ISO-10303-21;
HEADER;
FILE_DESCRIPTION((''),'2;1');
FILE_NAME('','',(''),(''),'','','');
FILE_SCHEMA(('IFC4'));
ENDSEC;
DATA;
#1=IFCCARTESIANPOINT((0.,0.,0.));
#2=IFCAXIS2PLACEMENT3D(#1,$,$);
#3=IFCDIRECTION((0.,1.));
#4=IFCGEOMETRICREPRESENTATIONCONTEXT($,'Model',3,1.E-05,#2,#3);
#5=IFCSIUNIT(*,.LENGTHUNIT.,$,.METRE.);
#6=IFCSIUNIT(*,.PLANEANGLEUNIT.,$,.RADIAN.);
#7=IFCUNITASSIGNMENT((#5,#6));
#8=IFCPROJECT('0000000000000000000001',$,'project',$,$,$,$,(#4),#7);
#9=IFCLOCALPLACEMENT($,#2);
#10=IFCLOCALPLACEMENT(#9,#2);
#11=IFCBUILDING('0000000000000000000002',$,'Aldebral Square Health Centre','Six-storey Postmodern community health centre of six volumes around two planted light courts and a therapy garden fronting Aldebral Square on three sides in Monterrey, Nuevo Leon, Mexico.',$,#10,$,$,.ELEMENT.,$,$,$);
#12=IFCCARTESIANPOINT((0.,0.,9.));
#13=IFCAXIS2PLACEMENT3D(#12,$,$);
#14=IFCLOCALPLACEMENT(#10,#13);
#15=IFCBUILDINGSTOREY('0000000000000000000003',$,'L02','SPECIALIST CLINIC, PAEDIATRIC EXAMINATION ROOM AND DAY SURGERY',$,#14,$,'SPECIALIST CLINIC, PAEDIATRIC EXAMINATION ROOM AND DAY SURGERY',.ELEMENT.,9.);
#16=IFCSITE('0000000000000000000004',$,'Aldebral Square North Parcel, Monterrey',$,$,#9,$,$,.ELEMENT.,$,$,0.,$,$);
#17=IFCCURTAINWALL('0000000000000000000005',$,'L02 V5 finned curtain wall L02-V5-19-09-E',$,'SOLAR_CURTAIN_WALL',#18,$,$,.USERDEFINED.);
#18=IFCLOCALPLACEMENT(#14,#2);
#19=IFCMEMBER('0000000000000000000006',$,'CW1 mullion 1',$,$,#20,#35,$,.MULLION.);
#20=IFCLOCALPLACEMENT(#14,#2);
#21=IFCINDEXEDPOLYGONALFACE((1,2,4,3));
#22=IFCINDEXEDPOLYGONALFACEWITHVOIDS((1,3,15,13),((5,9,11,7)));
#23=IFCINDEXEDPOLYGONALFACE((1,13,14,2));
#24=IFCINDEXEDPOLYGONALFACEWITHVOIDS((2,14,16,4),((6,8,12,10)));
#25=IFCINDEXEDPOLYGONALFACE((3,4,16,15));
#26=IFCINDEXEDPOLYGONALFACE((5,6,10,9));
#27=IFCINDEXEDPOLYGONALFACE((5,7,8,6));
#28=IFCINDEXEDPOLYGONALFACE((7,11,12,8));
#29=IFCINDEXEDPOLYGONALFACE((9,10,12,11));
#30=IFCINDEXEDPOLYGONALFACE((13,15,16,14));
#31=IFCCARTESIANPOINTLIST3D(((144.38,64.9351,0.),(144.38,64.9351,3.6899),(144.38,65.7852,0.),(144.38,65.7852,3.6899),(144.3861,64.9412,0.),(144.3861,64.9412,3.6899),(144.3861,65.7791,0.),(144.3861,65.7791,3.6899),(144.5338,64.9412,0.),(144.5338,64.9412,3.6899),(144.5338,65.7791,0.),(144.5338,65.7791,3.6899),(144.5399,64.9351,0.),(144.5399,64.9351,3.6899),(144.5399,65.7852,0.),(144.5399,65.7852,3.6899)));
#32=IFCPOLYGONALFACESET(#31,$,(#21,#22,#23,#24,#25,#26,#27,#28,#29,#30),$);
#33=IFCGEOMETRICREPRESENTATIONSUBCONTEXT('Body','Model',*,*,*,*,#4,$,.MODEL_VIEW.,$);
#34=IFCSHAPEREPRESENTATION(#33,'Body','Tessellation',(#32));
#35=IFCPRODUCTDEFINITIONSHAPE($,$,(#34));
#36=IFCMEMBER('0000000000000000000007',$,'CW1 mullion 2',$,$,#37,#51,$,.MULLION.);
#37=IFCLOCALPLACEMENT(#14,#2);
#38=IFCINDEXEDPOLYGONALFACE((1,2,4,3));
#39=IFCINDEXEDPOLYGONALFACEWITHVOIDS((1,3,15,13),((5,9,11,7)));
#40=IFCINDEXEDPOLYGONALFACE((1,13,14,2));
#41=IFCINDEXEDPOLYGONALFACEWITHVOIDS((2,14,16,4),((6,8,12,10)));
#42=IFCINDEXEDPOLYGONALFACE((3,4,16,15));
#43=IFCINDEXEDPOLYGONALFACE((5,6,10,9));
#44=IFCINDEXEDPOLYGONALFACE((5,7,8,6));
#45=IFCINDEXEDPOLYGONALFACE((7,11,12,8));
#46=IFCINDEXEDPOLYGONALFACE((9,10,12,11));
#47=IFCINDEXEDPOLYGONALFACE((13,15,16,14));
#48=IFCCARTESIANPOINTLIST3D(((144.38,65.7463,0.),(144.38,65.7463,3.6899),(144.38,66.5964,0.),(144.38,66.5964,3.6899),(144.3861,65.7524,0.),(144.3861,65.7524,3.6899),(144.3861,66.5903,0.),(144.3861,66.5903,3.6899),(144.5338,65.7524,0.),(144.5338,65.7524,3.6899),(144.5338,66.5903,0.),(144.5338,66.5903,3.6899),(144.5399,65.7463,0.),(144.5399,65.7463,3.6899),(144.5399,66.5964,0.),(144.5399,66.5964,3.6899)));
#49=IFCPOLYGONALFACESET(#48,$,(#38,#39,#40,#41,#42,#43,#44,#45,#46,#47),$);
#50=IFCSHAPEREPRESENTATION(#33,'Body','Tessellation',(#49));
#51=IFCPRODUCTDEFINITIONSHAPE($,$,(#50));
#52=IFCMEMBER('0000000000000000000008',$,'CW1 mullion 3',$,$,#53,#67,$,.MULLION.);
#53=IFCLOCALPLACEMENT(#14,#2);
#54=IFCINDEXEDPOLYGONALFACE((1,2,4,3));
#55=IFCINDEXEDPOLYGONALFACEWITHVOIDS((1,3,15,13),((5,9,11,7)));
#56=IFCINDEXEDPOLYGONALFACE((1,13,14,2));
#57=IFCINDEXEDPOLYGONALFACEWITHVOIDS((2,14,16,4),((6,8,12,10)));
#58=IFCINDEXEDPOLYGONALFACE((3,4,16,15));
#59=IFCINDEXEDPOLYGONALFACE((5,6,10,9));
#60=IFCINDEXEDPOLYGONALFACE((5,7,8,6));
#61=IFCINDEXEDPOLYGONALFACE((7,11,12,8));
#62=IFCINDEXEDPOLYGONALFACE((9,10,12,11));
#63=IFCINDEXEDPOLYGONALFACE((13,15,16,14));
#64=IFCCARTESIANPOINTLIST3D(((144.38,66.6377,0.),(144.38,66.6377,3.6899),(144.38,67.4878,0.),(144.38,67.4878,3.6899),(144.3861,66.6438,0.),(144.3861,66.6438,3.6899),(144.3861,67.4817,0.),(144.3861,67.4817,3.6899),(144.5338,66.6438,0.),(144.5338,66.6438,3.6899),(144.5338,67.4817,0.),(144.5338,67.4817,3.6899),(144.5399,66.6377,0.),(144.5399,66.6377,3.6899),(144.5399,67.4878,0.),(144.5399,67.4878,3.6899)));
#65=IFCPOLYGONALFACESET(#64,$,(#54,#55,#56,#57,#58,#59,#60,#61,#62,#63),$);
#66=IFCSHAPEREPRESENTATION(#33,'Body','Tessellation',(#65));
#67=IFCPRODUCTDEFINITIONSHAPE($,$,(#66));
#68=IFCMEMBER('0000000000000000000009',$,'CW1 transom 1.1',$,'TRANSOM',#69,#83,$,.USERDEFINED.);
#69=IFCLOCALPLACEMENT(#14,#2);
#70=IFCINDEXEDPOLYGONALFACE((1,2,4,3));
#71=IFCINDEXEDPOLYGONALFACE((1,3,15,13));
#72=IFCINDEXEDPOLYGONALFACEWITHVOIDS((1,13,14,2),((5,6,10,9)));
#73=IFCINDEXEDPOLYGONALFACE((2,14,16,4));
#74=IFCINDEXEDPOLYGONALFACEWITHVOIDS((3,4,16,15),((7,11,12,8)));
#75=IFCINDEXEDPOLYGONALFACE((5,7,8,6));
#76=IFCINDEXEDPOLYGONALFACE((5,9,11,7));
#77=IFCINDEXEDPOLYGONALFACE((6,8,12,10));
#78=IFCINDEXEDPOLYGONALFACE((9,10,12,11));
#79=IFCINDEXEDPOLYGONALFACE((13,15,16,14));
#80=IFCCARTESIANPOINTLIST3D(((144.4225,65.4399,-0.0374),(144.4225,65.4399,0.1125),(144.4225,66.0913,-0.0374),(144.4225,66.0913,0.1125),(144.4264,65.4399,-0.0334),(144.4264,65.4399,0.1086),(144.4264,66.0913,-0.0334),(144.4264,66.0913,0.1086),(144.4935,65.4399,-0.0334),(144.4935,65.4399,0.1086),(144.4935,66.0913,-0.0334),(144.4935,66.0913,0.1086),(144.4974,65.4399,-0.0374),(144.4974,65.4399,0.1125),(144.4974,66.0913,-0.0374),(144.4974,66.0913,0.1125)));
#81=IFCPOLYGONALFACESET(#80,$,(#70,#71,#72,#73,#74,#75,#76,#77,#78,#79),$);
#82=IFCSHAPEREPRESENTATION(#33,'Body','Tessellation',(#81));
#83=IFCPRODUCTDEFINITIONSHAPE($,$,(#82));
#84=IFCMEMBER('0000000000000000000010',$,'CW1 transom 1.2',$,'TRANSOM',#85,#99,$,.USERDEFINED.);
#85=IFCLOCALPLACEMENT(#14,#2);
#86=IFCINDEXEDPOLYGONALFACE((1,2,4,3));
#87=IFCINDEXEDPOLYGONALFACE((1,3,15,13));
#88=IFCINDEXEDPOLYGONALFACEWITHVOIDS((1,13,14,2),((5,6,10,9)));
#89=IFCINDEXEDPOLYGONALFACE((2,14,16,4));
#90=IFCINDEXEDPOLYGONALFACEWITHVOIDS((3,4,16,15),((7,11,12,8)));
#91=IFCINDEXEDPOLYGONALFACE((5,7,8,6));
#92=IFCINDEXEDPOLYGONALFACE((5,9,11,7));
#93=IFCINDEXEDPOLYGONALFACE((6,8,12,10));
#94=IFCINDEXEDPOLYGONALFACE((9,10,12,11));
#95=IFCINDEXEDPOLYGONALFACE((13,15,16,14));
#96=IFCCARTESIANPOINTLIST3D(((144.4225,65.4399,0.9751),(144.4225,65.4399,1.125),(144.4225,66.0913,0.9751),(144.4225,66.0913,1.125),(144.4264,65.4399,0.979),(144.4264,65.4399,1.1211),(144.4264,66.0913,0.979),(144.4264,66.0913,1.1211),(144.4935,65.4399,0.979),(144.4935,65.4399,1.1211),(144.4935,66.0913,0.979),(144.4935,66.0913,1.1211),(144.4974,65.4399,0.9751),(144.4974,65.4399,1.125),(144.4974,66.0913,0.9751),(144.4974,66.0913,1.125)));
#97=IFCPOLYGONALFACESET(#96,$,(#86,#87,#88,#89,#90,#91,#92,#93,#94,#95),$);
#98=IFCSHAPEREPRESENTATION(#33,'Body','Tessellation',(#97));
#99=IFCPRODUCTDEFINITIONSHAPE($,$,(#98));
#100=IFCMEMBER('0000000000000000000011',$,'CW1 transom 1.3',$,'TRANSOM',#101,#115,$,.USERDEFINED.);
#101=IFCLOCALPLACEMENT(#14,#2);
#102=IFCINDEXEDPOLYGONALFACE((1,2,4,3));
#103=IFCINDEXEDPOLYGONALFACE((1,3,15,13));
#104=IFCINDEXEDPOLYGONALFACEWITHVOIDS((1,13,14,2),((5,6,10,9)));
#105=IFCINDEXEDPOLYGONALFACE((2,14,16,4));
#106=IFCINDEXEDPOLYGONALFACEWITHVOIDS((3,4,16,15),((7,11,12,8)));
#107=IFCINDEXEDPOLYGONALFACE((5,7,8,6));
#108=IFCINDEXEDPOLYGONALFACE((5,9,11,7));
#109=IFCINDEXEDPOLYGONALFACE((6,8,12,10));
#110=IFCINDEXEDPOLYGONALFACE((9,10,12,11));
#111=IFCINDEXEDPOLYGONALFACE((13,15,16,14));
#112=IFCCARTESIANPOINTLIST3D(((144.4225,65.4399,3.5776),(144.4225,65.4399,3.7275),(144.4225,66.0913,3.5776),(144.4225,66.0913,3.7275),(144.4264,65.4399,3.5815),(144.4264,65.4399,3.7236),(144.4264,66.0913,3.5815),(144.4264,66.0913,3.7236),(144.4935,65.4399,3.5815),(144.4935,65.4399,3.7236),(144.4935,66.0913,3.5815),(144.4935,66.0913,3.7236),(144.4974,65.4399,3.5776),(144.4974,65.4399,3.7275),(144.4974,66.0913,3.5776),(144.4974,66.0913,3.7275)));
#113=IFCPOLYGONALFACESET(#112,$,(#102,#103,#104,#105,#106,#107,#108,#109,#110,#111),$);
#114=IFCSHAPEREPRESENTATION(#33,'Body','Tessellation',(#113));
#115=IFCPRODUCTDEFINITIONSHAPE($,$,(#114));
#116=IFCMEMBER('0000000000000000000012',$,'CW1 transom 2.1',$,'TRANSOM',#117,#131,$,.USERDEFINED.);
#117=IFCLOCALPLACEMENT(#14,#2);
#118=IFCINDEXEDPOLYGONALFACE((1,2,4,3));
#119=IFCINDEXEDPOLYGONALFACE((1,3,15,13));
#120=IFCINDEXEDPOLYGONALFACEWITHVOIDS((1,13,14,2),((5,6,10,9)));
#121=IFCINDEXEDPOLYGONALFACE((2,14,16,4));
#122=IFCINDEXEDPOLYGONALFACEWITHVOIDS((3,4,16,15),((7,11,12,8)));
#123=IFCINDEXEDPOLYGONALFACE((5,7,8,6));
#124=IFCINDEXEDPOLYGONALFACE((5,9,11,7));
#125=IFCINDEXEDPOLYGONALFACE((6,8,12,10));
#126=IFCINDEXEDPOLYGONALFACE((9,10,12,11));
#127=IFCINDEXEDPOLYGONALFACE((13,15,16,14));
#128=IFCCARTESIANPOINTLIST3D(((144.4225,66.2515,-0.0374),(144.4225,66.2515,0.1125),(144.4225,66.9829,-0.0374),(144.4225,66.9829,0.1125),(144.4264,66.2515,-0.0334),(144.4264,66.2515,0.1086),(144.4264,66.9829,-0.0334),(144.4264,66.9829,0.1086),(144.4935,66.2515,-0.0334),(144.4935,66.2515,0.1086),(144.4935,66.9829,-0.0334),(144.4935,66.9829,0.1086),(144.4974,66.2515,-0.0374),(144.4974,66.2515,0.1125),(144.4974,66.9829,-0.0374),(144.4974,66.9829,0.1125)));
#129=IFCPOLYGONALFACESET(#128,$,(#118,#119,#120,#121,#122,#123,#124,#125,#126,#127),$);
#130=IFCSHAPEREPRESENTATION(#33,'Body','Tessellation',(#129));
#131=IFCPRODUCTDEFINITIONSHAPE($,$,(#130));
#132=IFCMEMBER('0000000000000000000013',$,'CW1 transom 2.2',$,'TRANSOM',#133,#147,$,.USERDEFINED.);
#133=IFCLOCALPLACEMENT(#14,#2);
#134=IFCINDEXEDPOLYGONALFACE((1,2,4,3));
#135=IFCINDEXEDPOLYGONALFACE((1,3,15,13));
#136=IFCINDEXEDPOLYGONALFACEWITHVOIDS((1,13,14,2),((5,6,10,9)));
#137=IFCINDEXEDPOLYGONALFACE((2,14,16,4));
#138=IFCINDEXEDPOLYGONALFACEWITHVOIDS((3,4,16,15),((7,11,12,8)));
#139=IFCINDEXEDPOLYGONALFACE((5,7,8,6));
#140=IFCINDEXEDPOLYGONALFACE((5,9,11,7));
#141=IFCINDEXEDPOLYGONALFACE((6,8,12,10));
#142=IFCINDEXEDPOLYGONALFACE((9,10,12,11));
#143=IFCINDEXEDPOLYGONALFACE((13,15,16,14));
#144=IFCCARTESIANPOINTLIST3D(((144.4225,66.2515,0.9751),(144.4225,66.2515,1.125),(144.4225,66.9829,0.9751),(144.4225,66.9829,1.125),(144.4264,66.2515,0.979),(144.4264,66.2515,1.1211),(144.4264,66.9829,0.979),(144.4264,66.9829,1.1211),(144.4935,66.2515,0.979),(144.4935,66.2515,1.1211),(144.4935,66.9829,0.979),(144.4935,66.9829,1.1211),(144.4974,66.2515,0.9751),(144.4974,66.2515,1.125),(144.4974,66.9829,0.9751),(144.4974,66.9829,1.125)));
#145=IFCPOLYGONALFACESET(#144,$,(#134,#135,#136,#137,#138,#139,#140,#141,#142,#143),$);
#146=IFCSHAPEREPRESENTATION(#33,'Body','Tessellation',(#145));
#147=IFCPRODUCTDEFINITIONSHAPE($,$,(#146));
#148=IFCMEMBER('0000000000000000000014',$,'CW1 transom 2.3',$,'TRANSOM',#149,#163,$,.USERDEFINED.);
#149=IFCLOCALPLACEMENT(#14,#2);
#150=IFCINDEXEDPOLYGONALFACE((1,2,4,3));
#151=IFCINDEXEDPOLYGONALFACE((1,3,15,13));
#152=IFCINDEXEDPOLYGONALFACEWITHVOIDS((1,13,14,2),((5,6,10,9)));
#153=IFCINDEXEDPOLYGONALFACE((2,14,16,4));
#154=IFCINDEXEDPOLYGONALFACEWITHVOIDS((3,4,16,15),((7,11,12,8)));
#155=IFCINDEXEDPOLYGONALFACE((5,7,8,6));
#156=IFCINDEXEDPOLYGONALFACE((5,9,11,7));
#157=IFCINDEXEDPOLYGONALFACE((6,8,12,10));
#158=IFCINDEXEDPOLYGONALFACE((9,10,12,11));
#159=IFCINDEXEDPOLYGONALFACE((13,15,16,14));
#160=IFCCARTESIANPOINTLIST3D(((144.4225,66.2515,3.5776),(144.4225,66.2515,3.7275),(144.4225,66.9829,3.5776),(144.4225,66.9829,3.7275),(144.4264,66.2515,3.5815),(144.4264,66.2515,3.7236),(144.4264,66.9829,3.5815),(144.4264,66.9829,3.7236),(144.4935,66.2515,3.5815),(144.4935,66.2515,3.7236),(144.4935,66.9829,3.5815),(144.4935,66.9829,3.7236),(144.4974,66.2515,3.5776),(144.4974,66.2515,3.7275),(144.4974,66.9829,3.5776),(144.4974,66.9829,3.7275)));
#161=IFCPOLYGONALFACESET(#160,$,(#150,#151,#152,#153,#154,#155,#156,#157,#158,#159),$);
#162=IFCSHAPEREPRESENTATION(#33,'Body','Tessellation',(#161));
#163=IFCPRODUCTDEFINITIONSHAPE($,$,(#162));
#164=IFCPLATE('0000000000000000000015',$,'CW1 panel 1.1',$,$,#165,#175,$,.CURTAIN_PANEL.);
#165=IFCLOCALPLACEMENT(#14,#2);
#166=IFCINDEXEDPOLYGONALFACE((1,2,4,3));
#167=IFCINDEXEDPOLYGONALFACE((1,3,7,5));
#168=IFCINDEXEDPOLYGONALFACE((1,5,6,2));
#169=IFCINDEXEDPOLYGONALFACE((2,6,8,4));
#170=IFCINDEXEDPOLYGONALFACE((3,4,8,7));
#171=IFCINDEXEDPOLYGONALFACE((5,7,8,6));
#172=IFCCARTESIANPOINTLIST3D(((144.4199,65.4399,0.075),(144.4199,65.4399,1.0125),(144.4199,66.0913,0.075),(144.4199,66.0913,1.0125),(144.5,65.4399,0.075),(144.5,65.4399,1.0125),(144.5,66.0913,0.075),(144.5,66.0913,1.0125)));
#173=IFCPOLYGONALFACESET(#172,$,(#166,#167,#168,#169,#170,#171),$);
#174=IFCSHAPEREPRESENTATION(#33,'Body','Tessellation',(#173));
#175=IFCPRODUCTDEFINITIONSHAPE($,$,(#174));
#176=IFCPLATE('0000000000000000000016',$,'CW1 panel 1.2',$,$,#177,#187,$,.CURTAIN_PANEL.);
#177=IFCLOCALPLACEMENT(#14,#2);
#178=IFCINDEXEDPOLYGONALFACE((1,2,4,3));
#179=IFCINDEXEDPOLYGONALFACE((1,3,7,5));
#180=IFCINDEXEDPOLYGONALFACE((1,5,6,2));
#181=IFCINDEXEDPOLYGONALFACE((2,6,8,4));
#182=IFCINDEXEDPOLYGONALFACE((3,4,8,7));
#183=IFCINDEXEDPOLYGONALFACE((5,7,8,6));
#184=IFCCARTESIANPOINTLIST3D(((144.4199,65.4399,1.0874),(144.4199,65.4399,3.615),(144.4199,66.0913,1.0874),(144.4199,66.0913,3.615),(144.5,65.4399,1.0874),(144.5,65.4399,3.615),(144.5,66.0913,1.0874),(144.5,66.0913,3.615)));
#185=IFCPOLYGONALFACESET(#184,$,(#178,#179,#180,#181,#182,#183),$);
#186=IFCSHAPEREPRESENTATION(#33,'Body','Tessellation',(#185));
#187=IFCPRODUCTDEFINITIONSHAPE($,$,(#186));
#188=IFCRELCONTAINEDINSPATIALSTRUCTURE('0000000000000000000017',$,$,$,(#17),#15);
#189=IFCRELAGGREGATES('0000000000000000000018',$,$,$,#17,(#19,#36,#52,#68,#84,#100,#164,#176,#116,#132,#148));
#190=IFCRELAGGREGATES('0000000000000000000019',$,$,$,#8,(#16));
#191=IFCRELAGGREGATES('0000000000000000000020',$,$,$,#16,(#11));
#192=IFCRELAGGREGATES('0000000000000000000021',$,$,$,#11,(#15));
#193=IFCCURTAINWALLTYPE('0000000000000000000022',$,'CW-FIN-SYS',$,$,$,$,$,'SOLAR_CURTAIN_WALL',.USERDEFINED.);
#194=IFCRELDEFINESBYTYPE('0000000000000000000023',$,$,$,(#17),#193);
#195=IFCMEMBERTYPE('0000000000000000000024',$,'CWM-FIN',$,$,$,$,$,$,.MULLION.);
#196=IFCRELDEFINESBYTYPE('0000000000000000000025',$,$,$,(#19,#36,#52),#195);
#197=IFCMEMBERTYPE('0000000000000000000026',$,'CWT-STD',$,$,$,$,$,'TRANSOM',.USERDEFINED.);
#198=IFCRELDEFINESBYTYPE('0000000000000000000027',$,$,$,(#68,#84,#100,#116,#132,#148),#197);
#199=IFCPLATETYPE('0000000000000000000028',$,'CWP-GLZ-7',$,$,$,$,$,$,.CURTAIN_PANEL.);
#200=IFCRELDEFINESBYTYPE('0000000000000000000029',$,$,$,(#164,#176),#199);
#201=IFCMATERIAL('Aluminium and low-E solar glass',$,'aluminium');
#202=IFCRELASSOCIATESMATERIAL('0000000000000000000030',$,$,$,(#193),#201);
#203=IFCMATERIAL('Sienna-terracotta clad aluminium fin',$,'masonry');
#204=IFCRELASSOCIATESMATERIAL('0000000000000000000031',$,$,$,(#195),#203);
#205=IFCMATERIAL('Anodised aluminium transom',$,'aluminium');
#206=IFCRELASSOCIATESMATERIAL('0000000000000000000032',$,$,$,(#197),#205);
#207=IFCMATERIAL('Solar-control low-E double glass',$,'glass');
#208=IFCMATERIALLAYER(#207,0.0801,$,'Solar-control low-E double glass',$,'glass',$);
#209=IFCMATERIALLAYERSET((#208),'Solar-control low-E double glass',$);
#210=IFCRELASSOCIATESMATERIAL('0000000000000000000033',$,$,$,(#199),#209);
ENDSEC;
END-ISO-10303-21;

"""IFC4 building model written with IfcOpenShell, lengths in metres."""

from ifc_helpers import new_model, si_unit, direction, frame, origin, origin_2d, place, context, subcontext, project, spatial, rectangle, hollow_rectangle, extrude, material, layer, layer_set, material_profile, profile_set, type_object, element, aggregate, save


model = new_model("IFC4")

# Units and contexts
model_context = context("Model", 3, precision=1e-05, world=origin(), true_north=direction((0.0, 1.0)))
body_context = subcontext(model_context, "Body", "Model", "MODEL_VIEW")
ifc_project = project(units=[si_unit("LENGTHUNIT", "METRE"), si_unit("PLANEANGLEUNIT", "RADIAN")], contexts=[model_context])

# Site, building, storey
site_placement = place(None, origin())
site = spatial("IfcSite", under=ifc_project, at=site_placement, Name="Aldebral Square North Parcel, Monterrey", CompositionType="ELEMENT", RefElevation=0.0)
building_placement = place(site_placement, origin())
building = spatial("IfcBuilding", under=site, at=building_placement, Name="Aldebral Square Health Centre", Description="Six-storey Postmodern community health centre of six volumes around two planted light courts and a therapy garden fronting Aldebral Square on three sides in Monterrey, Nuevo Leon, Mexico.", CompositionType="ELEMENT")
storey_placement = place(building_placement, frame((0.0, 0.0, 9.0)))
storey = spatial("IfcBuildingStorey", under=building, at=storey_placement, Name="L02", Description="SPECIALIST CLINIC, PAEDIATRIC EXAMINATION ROOM AND DAY SURGERY", LongName="SPECIALIST CLINIC, PAEDIATRIC EXAMINATION ROOM AND DAY SURGERY", CompositionType="ELEMENT", Elevation=9.0)

# Curtain wall, members, plates
ifc_material_1 = material(Name="Aluminium and low-E solar glass", Category="aluminium")
curtain_wall_type = type_object("IfcCurtainWallType", Name="CW-FIN-SYS", ElementType="SOLAR_CURTAIN_WALL", PredefinedType="USERDEFINED", material=ifc_material_1)
curtain_wall_placement = place(storey_placement, origin())
curtain_wall = element("IfcCurtainWall", 1, at=curtain_wall_placement, inside=storey, type_object=curtain_wall_type, Name="L02 V5 finned curtain wall L02-V5-19-09-E", ObjectType="SOLAR_CURTAIN_WALL", PredefinedType="USERDEFINED")
ifc_material_2 = material(Name="Sienna-terracotta clad aluminium fin", Category="masonry")
ifc_material_profile_1 = material_profile(ifc_material_2, hollow_rectangle(XDim=0.1599, YDim=0.8501, WallThickness=0.0061, at=origin_2d()), Name="FIN 160x850x6")
ifc_profile_set_1 = profile_set([ifc_material_profile_1], Name="Sienna-terracotta clad aluminium fin")
member_type_1 = type_object("IfcMemberType", Name="CWM-FIN", PredefinedType="MULLION", material=ifc_profile_set_1)
member_1_placement = place(storey_placement, frame((144.46, 65.3601, 0.0), z_axis=(0.0, 0.0, 1.0), x_axis=(-1.0, 0.0, 0.0)))
member_1 = element("IfcMember", 2, at=member_1_placement, type_object=member_type_1, Name="CW1 mullion 1", PredefinedType="MULLION", context=body_context, shape_type="SweptSolid", body=[
    extrude(hollow_rectangle(XDim=0.1599, YDim=0.8501, WallThickness=0.0061, at=origin_2d()), origin(), (0.0, 0.0, 1.0), 3.6899),
])
member_2_placement = place(storey_placement, frame((144.46, 66.1714, 0.0), z_axis=(0.0, 0.0, 1.0), x_axis=(-1.0, 0.0, 0.0)))
member_2 = element("IfcMember", 3, at=member_2_placement, type_object=member_type_1, Name="CW1 mullion 2", PredefinedType="MULLION", context=body_context, shape_type="SweptSolid", body=[
    extrude(hollow_rectangle(XDim=0.1599, YDim=0.8501, WallThickness=0.0061, at=origin_2d()), origin(), (0.0, 0.0, 1.0), 3.6899),
])
member_3_placement = place(storey_placement, frame((144.46, 67.0627, 0.0), z_axis=(0.0, 0.0, 1.0), x_axis=(-1.0, 0.0, 0.0)))
member_3 = element("IfcMember", 4, at=member_3_placement, type_object=member_type_1, Name="CW1 mullion 3", PredefinedType="MULLION", context=body_context, shape_type="SweptSolid", body=[
    extrude(hollow_rectangle(XDim=0.1599, YDim=0.8501, WallThickness=0.0061, at=origin_2d()), origin(), (0.0, 0.0, 1.0), 3.6899),
])
ifc_material_3 = material(Name="Anodised aluminium transom", Category="aluminium")
ifc_material_profile_2 = material_profile(ifc_material_3, hollow_rectangle(XDim=0.075, YDim=0.1499, WallThickness=0.0039, at=origin_2d()), Name="CWT 75x150x4")
ifc_profile_set_2 = profile_set([ifc_material_profile_2], Name="Anodised aluminium transom")
member_type_2 = type_object("IfcMemberType", Name="CWT-STD", ElementType="TRANSOM", PredefinedType="USERDEFINED", material=ifc_profile_set_2)
member_4_placement = place(storey_placement, frame((144.46, 65.4399, 0.0376), z_axis=(0.0, 1.0, 0.0), x_axis=(-1.0, 0.0, 0.0)))
member_4 = element("IfcMember", 5, at=member_4_placement, type_object=member_type_2, Name="CW1 transom 1.1", ObjectType="TRANSOM", PredefinedType="USERDEFINED", context=body_context, shape_type="SweptSolid", body=[
    extrude(hollow_rectangle(XDim=0.075, YDim=0.1499, WallThickness=0.0039, at=origin_2d()), origin(), (0.0, 0.0, 1.0), 0.6514),
])
member_5_placement = place(storey_placement, frame((144.46, 65.4399, 1.05), z_axis=(0.0, 1.0, 0.0), x_axis=(-1.0, 0.0, 0.0)))
member_5 = element("IfcMember", 6, at=member_5_placement, type_object=member_type_2, Name="CW1 transom 1.2", ObjectType="TRANSOM", PredefinedType="USERDEFINED", context=body_context, shape_type="SweptSolid", body=[
    extrude(hollow_rectangle(XDim=0.075, YDim=0.1499, WallThickness=0.0039, at=origin_2d()), origin(), (0.0, 0.0, 1.0), 0.6514),
])
member_6_placement = place(storey_placement, frame((144.46, 65.4399, 3.6526), z_axis=(0.0, 1.0, 0.0), x_axis=(-1.0, 0.0, 0.0)))
member_6 = element("IfcMember", 7, at=member_6_placement, type_object=member_type_2, Name="CW1 transom 1.3", ObjectType="TRANSOM", PredefinedType="USERDEFINED", context=body_context, shape_type="SweptSolid", body=[
    extrude(hollow_rectangle(XDim=0.075, YDim=0.1499, WallThickness=0.0039, at=origin_2d()), origin(), (0.0, 0.0, 1.0), 0.6514),
])
member_7_placement = place(storey_placement, frame((144.46, 66.2515, 0.0376), z_axis=(0.0, 1.0, 0.0), x_axis=(-1.0, 0.0, 0.0)))
member_7 = element("IfcMember", 8, at=member_7_placement, type_object=member_type_2, Name="CW1 transom 2.1", ObjectType="TRANSOM", PredefinedType="USERDEFINED", context=body_context, shape_type="SweptSolid", body=[
    extrude(hollow_rectangle(XDim=0.075, YDim=0.1499, WallThickness=0.0039, at=origin_2d()), origin(), (0.0, 0.0, 1.0), 0.7314),
])
member_8_placement = place(storey_placement, frame((144.46, 66.2515, 1.05), z_axis=(0.0, 1.0, 0.0), x_axis=(-1.0, 0.0, 0.0)))
member_8 = element("IfcMember", 9, at=member_8_placement, type_object=member_type_2, Name="CW1 transom 2.2", ObjectType="TRANSOM", PredefinedType="USERDEFINED", context=body_context, shape_type="SweptSolid", body=[
    extrude(hollow_rectangle(XDim=0.075, YDim=0.1499, WallThickness=0.0039, at=origin_2d()), origin(), (0.0, 0.0, 1.0), 0.7314),
])
member_9_placement = place(storey_placement, frame((144.46, 66.2515, 3.6526), z_axis=(0.0, 1.0, 0.0), x_axis=(-1.0, 0.0, 0.0)))
member_9 = element("IfcMember", 10, at=member_9_placement, type_object=member_type_2, Name="CW1 transom 2.3", ObjectType="TRANSOM", PredefinedType="USERDEFINED", context=body_context, shape_type="SweptSolid", body=[
    extrude(hollow_rectangle(XDim=0.075, YDim=0.1499, WallThickness=0.0039, at=origin_2d()), origin(), (0.0, 0.0, 1.0), 0.7314),
])
ifc_material_4 = material(Name="Solar-control low-E double glass", Category="glass")
ifc_layer_1 = layer(ifc_material_4, 0.0801, Name="Solar-control low-E double glass", Category="glass")
ifc_layer_set_1 = layer_set([ifc_layer_1], Name="Solar-control low-E double glass")
plate_type = type_object("IfcPlateType", Name="CWP-GLZ-7", PredefinedType="CURTAIN_PANEL", material=ifc_layer_set_1)
plate_1_placement = place(storey_placement, frame((144.46, 65.7656, 0.075), z_axis=(0.0, 0.0, 1.0), x_axis=(0.0, 1.0, 0.0)))
plate_1 = element("IfcPlate", 11, at=plate_1_placement, type_object=plate_type, Name="CW1 panel 1.1", PredefinedType="CURTAIN_PANEL", context=body_context, shape_type="SweptSolid", body=[
    extrude(rectangle(XDim=0.6514, YDim=0.0801, at=origin_2d()), origin(), (0.0, 0.0, 1.0), 0.9375),
])
plate_2_placement = place(storey_placement, frame((144.46, 65.7656, 1.0874), z_axis=(0.0, 0.0, 1.0), x_axis=(0.0, 1.0, 0.0)))
plate_2 = element("IfcPlate", 12, at=plate_2_placement, type_object=plate_type, Name="CW1 panel 1.2", PredefinedType="CURTAIN_PANEL", context=body_context, shape_type="SweptSolid", body=[
    extrude(rectangle(XDim=0.6514, YDim=0.0801, at=origin_2d()), origin(), (0.0, 0.0, 1.0), 2.5276),
])
aggregate(curtain_wall, [member_1, member_2, member_3, member_4, member_5, member_6, plate_1, plate_2, member_7, member_8, member_9])

save(model, "model.ifc")
